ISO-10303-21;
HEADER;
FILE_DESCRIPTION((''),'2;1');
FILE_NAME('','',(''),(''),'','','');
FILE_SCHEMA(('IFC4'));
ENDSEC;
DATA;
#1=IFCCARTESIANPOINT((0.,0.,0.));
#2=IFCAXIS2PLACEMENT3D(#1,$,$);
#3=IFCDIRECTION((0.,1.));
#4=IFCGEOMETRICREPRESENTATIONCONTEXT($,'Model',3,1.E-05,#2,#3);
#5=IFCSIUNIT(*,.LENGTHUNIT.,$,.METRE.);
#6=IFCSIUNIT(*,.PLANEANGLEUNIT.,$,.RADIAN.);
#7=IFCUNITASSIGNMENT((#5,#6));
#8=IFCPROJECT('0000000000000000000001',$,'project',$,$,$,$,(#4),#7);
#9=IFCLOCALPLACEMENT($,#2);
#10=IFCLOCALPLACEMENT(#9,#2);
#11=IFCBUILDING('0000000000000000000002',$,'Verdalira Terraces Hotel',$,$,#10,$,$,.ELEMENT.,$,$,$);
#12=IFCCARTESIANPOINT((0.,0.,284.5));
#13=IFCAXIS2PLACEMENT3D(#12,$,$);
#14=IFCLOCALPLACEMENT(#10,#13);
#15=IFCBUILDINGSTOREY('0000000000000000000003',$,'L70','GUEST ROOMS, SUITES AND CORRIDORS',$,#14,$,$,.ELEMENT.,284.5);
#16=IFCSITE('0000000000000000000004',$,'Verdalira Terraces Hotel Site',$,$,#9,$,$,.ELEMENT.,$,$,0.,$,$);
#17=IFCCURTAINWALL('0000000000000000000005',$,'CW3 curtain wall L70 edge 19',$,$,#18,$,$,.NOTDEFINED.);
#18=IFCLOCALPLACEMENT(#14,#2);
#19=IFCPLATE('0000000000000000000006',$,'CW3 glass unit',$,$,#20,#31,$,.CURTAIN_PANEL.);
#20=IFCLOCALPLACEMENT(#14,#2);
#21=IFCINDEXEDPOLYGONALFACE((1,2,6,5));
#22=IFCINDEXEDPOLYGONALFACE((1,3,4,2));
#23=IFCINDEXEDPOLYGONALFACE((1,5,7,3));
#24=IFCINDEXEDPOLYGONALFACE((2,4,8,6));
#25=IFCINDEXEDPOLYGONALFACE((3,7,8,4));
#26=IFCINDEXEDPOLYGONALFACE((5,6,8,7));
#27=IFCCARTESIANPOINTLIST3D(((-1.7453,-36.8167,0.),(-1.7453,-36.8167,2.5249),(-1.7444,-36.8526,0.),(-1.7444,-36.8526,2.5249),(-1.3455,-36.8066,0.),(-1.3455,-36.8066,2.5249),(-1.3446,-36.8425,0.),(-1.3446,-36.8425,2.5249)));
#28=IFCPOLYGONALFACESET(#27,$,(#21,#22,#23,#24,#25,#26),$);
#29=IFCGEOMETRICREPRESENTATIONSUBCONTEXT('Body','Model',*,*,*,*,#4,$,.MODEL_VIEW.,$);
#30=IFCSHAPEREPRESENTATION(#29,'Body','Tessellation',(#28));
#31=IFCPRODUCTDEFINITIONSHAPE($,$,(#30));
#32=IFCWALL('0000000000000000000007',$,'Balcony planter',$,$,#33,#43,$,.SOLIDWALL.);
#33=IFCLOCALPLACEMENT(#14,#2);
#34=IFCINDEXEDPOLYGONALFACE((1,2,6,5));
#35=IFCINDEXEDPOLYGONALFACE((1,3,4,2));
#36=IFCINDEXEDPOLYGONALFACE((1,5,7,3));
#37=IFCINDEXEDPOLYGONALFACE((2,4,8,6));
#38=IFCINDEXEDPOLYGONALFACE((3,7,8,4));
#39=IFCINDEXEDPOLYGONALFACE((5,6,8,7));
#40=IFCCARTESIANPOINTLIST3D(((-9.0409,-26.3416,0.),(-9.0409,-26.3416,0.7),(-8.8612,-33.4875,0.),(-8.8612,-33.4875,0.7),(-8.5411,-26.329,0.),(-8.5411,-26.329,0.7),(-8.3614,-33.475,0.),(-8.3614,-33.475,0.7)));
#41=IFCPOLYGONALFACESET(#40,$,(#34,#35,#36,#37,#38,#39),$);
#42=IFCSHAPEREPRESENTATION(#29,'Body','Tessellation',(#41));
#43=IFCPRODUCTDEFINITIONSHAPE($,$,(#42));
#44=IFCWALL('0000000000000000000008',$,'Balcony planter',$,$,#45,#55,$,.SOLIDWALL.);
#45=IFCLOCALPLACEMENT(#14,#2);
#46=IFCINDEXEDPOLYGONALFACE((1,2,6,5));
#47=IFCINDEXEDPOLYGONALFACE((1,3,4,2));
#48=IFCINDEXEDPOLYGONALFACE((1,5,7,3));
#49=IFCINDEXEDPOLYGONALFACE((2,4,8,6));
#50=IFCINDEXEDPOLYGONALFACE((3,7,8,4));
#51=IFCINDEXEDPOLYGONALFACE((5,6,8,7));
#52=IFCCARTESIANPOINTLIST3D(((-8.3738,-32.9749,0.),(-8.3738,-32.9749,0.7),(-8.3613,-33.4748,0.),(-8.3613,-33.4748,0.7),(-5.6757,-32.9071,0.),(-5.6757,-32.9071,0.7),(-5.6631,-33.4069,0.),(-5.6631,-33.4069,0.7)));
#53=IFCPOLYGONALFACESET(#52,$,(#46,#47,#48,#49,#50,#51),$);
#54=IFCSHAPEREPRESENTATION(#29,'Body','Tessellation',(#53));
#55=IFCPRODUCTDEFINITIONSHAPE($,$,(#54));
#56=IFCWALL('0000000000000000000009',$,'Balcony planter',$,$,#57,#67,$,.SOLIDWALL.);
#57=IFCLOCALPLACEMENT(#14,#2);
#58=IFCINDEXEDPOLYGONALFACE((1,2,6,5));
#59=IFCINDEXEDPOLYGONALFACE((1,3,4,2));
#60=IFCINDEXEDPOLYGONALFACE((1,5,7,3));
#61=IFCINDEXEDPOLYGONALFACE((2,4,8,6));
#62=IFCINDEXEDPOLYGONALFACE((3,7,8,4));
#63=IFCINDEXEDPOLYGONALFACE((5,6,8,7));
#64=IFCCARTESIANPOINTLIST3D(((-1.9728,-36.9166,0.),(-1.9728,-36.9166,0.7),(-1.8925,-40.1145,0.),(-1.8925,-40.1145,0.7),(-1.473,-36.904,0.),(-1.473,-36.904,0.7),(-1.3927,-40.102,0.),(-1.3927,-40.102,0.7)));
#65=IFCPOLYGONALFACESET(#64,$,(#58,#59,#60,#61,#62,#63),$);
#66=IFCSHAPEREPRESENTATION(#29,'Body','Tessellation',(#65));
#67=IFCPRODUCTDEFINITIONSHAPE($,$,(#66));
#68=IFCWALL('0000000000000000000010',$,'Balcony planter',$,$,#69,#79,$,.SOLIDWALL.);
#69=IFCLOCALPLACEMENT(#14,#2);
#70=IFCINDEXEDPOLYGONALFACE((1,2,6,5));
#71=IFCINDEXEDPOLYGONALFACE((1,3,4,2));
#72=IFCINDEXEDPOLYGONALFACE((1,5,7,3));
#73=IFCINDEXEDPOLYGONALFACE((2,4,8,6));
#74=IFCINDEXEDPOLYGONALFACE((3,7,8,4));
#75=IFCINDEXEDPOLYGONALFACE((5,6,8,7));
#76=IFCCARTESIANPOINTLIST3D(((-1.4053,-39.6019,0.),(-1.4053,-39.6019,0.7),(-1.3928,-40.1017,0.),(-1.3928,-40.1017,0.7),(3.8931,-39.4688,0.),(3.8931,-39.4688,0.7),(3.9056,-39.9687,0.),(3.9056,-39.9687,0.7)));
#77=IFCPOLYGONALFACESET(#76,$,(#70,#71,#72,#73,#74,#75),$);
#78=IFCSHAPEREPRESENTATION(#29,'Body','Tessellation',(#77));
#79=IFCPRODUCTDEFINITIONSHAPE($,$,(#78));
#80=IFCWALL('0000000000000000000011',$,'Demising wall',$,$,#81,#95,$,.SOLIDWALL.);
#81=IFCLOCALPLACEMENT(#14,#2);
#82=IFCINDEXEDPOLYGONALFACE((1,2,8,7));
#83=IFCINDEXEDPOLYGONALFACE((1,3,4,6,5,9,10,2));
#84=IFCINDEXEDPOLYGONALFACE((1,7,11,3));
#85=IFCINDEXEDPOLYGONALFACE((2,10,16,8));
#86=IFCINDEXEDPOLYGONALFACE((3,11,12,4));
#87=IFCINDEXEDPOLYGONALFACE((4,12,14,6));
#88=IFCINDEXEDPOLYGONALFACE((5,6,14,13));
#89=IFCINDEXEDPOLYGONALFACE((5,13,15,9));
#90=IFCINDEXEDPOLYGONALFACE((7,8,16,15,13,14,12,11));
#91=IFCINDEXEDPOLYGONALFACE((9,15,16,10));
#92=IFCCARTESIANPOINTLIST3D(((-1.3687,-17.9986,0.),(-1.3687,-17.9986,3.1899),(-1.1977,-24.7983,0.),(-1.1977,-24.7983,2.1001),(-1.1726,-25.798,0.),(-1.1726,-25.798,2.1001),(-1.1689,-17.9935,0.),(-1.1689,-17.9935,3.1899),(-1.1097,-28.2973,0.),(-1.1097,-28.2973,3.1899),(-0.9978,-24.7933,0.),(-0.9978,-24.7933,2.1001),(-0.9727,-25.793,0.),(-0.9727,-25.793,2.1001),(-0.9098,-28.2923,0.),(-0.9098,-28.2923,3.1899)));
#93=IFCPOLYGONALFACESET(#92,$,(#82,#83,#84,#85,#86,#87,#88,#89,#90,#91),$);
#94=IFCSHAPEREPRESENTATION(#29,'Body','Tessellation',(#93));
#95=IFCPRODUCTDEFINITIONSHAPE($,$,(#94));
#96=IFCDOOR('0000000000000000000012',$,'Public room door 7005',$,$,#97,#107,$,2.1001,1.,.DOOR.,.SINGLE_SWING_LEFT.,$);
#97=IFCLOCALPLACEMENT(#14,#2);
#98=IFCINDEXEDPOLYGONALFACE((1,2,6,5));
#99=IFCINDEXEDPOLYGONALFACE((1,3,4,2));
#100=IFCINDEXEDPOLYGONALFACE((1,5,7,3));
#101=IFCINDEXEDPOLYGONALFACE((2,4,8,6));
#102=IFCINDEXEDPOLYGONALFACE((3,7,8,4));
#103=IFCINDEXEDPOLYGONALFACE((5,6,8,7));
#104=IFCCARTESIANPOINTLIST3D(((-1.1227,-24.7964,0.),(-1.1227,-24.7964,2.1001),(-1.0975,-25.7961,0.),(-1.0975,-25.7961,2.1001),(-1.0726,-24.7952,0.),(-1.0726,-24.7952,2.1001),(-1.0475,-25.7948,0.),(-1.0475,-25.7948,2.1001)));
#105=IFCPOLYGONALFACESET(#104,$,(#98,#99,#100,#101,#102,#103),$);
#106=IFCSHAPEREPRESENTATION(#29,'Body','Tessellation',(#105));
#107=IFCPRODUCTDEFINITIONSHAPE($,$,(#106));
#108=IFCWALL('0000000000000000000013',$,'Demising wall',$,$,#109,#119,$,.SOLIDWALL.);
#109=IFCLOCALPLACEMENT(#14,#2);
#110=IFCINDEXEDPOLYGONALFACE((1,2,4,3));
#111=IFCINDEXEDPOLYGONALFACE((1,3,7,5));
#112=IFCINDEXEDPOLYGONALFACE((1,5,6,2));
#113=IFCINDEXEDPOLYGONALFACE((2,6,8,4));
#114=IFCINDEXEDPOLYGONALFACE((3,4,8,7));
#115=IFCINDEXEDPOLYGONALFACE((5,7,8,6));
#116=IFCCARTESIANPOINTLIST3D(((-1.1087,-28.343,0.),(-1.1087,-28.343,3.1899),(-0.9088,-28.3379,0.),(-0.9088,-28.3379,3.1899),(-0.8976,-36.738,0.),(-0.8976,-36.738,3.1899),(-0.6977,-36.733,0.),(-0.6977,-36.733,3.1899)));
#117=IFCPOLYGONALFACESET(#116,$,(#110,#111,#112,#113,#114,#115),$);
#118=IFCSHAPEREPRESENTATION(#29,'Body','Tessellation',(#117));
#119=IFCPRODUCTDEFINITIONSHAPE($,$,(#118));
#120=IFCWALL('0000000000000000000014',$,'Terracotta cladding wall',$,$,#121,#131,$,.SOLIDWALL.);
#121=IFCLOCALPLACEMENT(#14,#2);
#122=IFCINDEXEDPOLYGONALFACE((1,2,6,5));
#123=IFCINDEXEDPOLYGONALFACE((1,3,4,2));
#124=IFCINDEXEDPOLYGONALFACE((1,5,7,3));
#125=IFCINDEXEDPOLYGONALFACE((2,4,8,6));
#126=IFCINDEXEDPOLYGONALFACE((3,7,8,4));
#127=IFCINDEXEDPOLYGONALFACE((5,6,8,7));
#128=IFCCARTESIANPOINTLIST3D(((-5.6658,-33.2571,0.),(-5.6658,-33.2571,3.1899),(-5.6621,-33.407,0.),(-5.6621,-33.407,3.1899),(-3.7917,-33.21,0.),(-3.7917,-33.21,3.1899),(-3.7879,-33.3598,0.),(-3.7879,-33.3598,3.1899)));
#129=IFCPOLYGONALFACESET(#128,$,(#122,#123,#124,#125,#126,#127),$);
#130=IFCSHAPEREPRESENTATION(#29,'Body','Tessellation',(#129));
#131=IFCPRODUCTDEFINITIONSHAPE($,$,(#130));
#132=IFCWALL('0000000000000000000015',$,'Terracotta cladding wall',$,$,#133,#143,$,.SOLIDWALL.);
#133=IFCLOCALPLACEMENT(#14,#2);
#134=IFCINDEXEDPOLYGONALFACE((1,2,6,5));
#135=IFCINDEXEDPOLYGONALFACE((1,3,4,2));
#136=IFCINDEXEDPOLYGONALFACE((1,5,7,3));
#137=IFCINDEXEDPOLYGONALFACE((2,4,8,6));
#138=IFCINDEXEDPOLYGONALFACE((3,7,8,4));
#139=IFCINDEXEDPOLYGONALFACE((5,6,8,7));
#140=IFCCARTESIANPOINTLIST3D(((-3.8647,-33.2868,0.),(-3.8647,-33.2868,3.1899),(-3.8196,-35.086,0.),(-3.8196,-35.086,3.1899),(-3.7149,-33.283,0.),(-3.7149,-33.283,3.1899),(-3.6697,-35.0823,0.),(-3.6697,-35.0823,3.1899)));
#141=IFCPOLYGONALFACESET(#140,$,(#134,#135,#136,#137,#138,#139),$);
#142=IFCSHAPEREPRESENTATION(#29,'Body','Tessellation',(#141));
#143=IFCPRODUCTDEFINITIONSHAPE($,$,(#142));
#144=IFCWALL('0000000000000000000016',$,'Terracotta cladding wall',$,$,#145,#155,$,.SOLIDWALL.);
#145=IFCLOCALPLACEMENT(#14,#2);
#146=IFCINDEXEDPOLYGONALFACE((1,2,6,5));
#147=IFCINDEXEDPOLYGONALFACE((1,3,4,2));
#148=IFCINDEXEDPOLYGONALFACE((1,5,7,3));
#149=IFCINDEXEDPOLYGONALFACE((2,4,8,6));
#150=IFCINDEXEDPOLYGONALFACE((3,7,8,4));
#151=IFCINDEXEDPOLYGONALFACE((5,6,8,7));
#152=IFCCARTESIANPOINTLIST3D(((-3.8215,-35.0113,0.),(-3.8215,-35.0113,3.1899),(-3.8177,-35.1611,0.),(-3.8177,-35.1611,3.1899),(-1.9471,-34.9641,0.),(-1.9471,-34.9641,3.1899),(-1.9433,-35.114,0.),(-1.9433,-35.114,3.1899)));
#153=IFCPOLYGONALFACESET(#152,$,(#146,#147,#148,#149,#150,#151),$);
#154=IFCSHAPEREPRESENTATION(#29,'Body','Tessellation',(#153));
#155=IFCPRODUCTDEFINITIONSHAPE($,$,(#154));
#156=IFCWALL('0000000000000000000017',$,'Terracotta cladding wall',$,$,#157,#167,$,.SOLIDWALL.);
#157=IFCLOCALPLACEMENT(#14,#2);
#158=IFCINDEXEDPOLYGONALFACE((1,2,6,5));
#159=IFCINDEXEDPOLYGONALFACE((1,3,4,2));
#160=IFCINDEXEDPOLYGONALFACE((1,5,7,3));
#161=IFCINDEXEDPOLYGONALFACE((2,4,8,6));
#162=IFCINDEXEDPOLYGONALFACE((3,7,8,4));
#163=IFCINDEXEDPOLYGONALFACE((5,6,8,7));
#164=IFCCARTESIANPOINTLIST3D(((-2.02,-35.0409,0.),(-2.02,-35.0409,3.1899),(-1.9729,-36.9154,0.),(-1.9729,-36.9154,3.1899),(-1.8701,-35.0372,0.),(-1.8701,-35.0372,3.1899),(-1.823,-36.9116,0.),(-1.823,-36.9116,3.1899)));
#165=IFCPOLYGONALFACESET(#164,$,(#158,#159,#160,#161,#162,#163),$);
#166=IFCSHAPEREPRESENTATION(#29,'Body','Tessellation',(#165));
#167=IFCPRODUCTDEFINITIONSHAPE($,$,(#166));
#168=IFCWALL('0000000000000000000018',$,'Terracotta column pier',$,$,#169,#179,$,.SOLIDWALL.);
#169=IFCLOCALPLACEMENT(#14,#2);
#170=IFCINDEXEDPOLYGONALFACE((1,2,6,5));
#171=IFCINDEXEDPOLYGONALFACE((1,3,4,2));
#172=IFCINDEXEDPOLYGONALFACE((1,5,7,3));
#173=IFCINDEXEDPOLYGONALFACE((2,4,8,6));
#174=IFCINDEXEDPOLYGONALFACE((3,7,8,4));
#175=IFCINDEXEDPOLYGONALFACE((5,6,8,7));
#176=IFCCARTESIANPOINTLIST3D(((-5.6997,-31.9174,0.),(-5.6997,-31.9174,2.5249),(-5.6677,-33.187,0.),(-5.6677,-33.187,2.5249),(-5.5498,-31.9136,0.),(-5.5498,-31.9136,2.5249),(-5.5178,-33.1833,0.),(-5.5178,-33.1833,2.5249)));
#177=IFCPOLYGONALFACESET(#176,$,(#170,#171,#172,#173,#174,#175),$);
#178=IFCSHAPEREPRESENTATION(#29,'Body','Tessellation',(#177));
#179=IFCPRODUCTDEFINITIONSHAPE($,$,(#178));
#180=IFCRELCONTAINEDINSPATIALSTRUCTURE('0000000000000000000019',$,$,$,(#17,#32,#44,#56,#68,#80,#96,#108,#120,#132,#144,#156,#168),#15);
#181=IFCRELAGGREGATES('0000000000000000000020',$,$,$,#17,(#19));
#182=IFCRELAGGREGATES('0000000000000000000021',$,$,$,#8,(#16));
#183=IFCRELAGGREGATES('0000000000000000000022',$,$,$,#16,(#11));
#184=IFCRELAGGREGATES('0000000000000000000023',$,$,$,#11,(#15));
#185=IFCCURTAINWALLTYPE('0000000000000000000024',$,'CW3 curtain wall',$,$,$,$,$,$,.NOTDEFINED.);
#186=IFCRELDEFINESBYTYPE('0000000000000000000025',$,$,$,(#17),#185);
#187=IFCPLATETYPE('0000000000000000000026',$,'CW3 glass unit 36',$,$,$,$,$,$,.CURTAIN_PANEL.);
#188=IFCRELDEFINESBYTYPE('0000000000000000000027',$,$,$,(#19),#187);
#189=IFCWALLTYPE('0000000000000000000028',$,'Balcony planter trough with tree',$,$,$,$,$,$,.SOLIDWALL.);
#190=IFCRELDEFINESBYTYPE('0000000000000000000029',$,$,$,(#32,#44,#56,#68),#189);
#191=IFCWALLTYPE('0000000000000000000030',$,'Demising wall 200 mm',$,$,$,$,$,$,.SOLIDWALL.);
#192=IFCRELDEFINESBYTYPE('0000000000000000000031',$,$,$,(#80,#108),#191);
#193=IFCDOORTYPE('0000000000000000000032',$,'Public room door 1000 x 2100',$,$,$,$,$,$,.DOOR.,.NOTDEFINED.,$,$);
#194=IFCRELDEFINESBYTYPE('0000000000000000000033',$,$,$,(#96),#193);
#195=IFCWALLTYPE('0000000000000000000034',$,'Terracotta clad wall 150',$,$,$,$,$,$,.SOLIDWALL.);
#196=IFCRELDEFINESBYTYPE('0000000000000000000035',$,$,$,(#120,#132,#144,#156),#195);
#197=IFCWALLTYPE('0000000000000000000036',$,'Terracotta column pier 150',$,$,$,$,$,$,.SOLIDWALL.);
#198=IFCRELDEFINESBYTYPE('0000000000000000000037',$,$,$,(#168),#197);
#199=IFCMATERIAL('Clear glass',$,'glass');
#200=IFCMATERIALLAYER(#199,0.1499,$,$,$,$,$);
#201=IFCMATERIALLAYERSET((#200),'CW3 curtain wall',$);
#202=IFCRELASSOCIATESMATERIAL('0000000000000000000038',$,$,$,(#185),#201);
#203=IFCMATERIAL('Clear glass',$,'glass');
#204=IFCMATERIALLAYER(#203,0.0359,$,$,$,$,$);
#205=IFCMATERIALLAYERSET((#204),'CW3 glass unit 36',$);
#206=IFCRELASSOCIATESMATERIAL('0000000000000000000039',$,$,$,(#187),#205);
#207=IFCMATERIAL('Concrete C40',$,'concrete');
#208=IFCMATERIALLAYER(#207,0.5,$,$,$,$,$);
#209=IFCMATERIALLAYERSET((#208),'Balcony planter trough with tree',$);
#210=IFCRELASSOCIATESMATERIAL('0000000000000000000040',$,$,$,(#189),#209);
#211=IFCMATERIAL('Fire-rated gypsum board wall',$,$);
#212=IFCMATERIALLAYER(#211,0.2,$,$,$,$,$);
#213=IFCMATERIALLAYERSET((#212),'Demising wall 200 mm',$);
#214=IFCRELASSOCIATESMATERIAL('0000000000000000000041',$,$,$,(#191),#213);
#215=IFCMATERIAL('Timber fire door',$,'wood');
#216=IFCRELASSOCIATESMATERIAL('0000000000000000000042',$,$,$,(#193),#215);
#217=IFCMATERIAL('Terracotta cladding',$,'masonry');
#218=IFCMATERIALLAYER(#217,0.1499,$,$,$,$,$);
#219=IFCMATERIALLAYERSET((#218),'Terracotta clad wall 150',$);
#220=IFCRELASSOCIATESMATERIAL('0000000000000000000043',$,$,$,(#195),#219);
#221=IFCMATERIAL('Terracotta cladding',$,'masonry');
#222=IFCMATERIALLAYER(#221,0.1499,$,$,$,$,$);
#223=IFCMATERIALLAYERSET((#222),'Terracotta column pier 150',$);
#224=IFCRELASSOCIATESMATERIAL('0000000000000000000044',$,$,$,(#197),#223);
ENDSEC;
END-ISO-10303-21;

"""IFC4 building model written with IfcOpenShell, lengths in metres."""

from ifc_helpers import new_model, si_unit, direction, frame, frame_2d, origin, origin_2d, place, context, subcontext, project, spatial, rectangle, extrude, material, layer, layer_set, type_object, element, fill, aggregate, save


model = new_model("IFC4")

# Units and contexts
model_context = context("Model", 3, precision=1e-05, world=origin(), true_north=direction((0.0, 1.0)))
body_context = subcontext(model_context, "Body", "Model", "MODEL_VIEW")
ifc_project = project(units=[si_unit("LENGTHUNIT", "METRE"), si_unit("PLANEANGLEUNIT", "RADIAN")], contexts=[model_context])

# Site, building, storey
site_placement = place(None, origin())
site = spatial("IfcSite", under=ifc_project, at=site_placement, Name="Verdalira Terraces Hotel Site", CompositionType="ELEMENT", RefElevation=0.0)
building_placement = place(site_placement, origin())
building = spatial("IfcBuilding", under=site, at=building_placement, Name="Verdalira Terraces Hotel", CompositionType="ELEMENT")
storey_placement = place(building_placement, frame((0.0, 0.0, 284.5)))
storey = spatial("IfcBuildingStorey", under=building, at=storey_placement, Name="L70", Description="GUEST ROOMS, SUITES AND CORRIDORS", CompositionType="ELEMENT", Elevation=284.5)

# Curtain wall
ifc_material_1 = material(Name="Clear glass", Category="glass")
ifc_layer_1 = layer(ifc_material_1, 0.1499)
ifc_layer_set_1 = layer_set([ifc_layer_1], Name="CW3 curtain wall")
curtain_wall_type_1 = type_object("IfcCurtainWallType", Name="CW3 curtain wall", PredefinedType="NOTDEFINED", material=ifc_layer_set_1)
curtain_wall_1_placement = place(storey_placement, origin())
curtain_wall_1 = element("IfcCurtainWall", 1, at=curtain_wall_1_placement, inside=storey, type_object=curtain_wall_type_1, Name="CW3 curtain wall L70 edge 19", PredefinedType="NOTDEFINED")

# Plate
ifc_material_2 = material(Name="Clear glass", Category="glass")
ifc_layer_2 = layer(ifc_material_2, 0.0359)
ifc_layer_set_2 = layer_set([ifc_layer_2], Name="CW3 glass unit 36")
plate_type_1 = type_object("IfcPlateType", Name="CW3 glass unit 36", PredefinedType="CURTAIN_PANEL", material=ifc_layer_set_2)
plate_1_placement = place(storey_placement, frame((-1.5449, -36.8296, 0.0), z_axis=(0.0, 0.0, 1.0), x_axis=(0.999684, 0.02513, 0.0)))
plate_1 = element("IfcPlate", 2, at=plate_1_placement, type_object=plate_type_1, Name="CW3 glass unit", PredefinedType="CURTAIN_PANEL", context=body_context, shape_type="SweptSolid", body=[
    extrude(rectangle(XDim=0.3999, YDim=0.0359, at=origin_2d()), origin(), (0.0, 0.0, 1.0), 2.5249),
])
aggregate(curtain_wall_1, [plate_1])

# Walls
ifc_material_3 = material(Name="Concrete C40", Category="concrete")
ifc_layer_3 = layer(ifc_material_3, 0.5)
ifc_layer_set_3 = layer_set([ifc_layer_3], Name="Balcony planter trough with tree")
wall_type_1 = type_object("IfcWallType", Name="Balcony planter trough with tree", PredefinedType="SOLIDWALL", material=ifc_layer_set_3)
wall_1_placement = place(storey_placement, frame((-8.791, -26.3352, 0.0), z_axis=(0.0, 0.0, 1.0), x_axis=(0.025137, -0.999684, 0.0)))
element("IfcWall", 3, at=wall_1_placement, inside=storey, type_object=wall_type_1, Name="Balcony planter", PredefinedType="SOLIDWALL", context=body_context, shape_type="SweptSolid", body=[
    extrude(rectangle(XDim=7.1482, YDim=0.5, at=frame_2d((3.5742, 0.0))), origin(), (0.0, 0.0, 1.0), 0.7),
])
wall_2_placement = place(storey_placement, frame((-8.3677, -33.2249, 0.0), z_axis=(0.0, 0.0, 1.0), x_axis=(0.999684, 0.025146, 0.0)))
element("IfcWall", 4, at=wall_2_placement, inside=storey, type_object=wall_type_1, Name="Balcony planter", PredefinedType="SOLIDWALL", context=body_context, shape_type="SweptSolid", body=[
    extrude(rectangle(XDim=2.699, YDim=0.5, at=frame_2d((1.3496, 0.0))), origin(), (0.0, 0.0, 1.0), 0.7),
])
wall_3_placement = place(storey_placement, frame((-1.7229, -36.9102, 0.0), z_axis=(0.0, 0.0, 1.0), x_axis=(0.025109, -0.999685, 0.0)))
element("IfcWall", 5, at=wall_3_placement, inside=storey, type_object=wall_type_1, Name="Balcony planter", PredefinedType="SOLIDWALL", context=body_context, shape_type="SweptSolid", body=[
    extrude(rectangle(XDim=3.199, YDim=0.5, at=frame_2d((1.5996, 0.0))), origin(), (0.0, 0.0, 1.0), 0.7),
])
wall_4_placement = place(storey_placement, frame((-1.3989, -39.8518, 0.0), z_axis=(0.0, 0.0, 1.0), x_axis=(0.999685, 0.025105, 0.0)))
element("IfcWall", 6, at=wall_4_placement, inside=storey, type_object=wall_type_1, Name="Balcony planter", PredefinedType="SOLIDWALL", context=body_context, shape_type="SweptSolid", body=[
    extrude(rectangle(XDim=5.3, YDim=0.5, at=frame_2d((2.6499, 0.0))), origin(), (0.0, 0.0, 1.0), 0.7),
])

# Wall, opening, door
ifc_material_4 = material(Name="Fire-rated gypsum board wall")
ifc_layer_4 = layer(ifc_material_4, 0.2)
ifc_layer_set_4 = layer_set([ifc_layer_4], Name="Demising wall 200 mm")
wall_type_2 = type_object("IfcWallType", Name="Demising wall 200 mm", PredefinedType="SOLIDWALL", material=ifc_layer_set_4)
wall_5_placement = place(storey_placement, frame((-1.0098, -28.2947, 0.0), z_axis=(0.0, 0.0, 1.0), x_axis=(-0.025144, 0.999684, 0.0)))
wall_5 = element("IfcWall", 7, at=wall_5_placement, inside=storey, type_object=wall_type_2, Name="Demising wall", PredefinedType="SOLIDWALL", context=body_context, shape_type="SweptSolid", body=[
    extrude(rectangle(XDim=10.302, YDim=0.2, at=frame_2d((5.1509, 0.0))), origin(), (0.0, 0.0, 1.0), 3.1899),
])
opening_1_placement = place(wall_5_placement, frame((2.5, 0.0, 0.0)))
opening_1 = element("IfcOpeningElement", 8, at=opening_1_placement, cuts=wall_5, PredefinedType="OPENING", context=body_context, shape_type="SweptSolid", body=[
    extrude(rectangle(XDim=1.0, YDim=2.1001, at=frame_2d((0.5, 1.05))), frame((0.0, 0.1099, 0.0), z_axis=(0.0, -1.0, 0.0), x_axis=(1.0, 0.0, 0.0)), (0.0, 0.0, 1.0), 0.22),
])
ifc_material_5 = material(Name="Timber fire door", Category="wood")
door_type_1 = type_object("IfcDoorType", Name="Public room door 1000 x 2100", OperationType="NOTDEFINED", PredefinedType="DOOR", material=ifc_material_5)
door_1_placement = place(opening_1_placement, origin())
door_1 = element("IfcDoor", 9, at=door_1_placement, inside=storey, type_object=door_type_1, Name="Public room door 7005", OperationType="SINGLE_SWING_LEFT", OverallHeight=2.1001, OverallWidth=1.0, PredefinedType="DOOR", context=body_context, shape_type="SweptSolid", body=[
    extrude(rectangle(XDim=1.0, YDim=2.1001, at=frame_2d((0.5, 1.05))), frame((0.0, 0.0249, 0.0), z_axis=(0.0, -1.0, 0.0), x_axis=(1.0, 0.0, 0.0)), (0.0, 0.0, 1.0), 0.05),
])
fill(opening_1, door_1)

# Walls
wall_6_placement = place(storey_placement, frame((-1.0088, -28.3406, 0.0), z_axis=(0.0, 0.0, 1.0), x_axis=(0.025148, -0.999684, 0.0)))
element("IfcWall", 10, at=wall_6_placement, inside=storey, type_object=wall_type_2, Name="Demising wall", PredefinedType="SOLIDWALL", context=body_context, shape_type="SweptSolid", body=[
    extrude(rectangle(XDim=8.3977, YDim=0.2, at=frame_2d((4.1987, 0.0))), origin(), (0.0, 0.0, 1.0), 3.1899),
])
ifc_material_6 = material(Name="Terracotta cladding", Category="masonry")
ifc_layer_5 = layer(ifc_material_6, 0.1499)
ifc_layer_set_5 = layer_set([ifc_layer_5], Name="Terracotta clad wall 150")
wall_type_3 = type_object("IfcWallType", Name="Terracotta clad wall 150", PredefinedType="SOLIDWALL", material=ifc_layer_set_5)
wall_7_placement = place(storey_placement, frame((-5.6641, -33.332, 0.0), z_axis=(0.0, 0.0, 1.0), x_axis=(0.999684, 0.025132, 0.0)))
element("IfcWall", 11, at=wall_7_placement, inside=storey, type_object=wall_type_3, Name="Terracotta cladding wall", PredefinedType="SOLIDWALL", context=body_context, shape_type="SweptSolid", body=[
    extrude(rectangle(XDim=1.8748, YDim=0.1499, at=frame_2d((0.9375, 0.0))), origin(), (0.0, 0.0, 1.0), 3.1899),
])
wall_8_placement = place(storey_placement, frame((-3.7898, -33.2849, 0.0), z_axis=(0.0, 0.0, 1.0), x_axis=(0.025094, -0.999685, 0.0)))
element("IfcWall", 12, at=wall_8_placement, inside=storey, type_object=wall_type_3, Name="Terracotta cladding wall", PredefinedType="SOLIDWALL", context=body_context, shape_type="SweptSolid", body=[
    extrude(rectangle(XDim=1.7998, YDim=0.1499, at=frame_2d((0.8999, 0.0))), origin(), (0.0, 0.0, 1.0), 3.1899),
])
for number, where, z_axis, x_axis, name in (
    (13, (-3.8196, -35.0862, 0.0), (0.0, 0.0, 1.0), (0.999684, 0.025129, 0.0), "Terracotta cladding wall"),
    (14, (-1.9451, -35.0391, 0.0), (0.0, 0.0, 1.0), (0.025129, -0.999684, 0.0), "Terracotta cladding wall"),
):
    element("IfcWall", number, at=place(storey_placement, frame(where, z_axis=z_axis, x_axis=x_axis)), inside=storey, type_object=wall_type_3, Name=name, PredefinedType="SOLIDWALL", context=body_context, shape_type="SweptSolid", body=[
        extrude(rectangle(XDim=1.875, YDim=0.1499, at=frame_2d((0.9375, 0.0))), origin(), (0.0, 0.0, 1.0), 3.1899),
    ])
ifc_material_7 = material(Name="Terracotta cladding", Category="masonry")
ifc_layer_6 = layer(ifc_material_7, 0.1499)
ifc_layer_set_6 = layer_set([ifc_layer_6], Name="Terracotta column pier 150")
wall_type_4 = type_object("IfcWallType", Name="Terracotta column pier 150", PredefinedType="SOLIDWALL", material=ifc_layer_set_6)
wall_9_placement = place(storey_placement, frame((-5.6248, -31.9155, 0.0), z_axis=(0.0, 0.0, 1.0), x_axis=(0.025184, -0.999683, 0.0)))
element("IfcWall", 15, at=wall_9_placement, inside=storey, type_object=wall_type_4, Name="Terracotta column pier", PredefinedType="SOLIDWALL", context=body_context, shape_type="SweptSolid", body=[
    extrude(rectangle(XDim=1.27, YDim=0.1499, at=frame_2d((0.635, 0.0))), origin(), (0.0, 0.0, 1.0), 2.5249),
])

save(model, "model.ifc")
